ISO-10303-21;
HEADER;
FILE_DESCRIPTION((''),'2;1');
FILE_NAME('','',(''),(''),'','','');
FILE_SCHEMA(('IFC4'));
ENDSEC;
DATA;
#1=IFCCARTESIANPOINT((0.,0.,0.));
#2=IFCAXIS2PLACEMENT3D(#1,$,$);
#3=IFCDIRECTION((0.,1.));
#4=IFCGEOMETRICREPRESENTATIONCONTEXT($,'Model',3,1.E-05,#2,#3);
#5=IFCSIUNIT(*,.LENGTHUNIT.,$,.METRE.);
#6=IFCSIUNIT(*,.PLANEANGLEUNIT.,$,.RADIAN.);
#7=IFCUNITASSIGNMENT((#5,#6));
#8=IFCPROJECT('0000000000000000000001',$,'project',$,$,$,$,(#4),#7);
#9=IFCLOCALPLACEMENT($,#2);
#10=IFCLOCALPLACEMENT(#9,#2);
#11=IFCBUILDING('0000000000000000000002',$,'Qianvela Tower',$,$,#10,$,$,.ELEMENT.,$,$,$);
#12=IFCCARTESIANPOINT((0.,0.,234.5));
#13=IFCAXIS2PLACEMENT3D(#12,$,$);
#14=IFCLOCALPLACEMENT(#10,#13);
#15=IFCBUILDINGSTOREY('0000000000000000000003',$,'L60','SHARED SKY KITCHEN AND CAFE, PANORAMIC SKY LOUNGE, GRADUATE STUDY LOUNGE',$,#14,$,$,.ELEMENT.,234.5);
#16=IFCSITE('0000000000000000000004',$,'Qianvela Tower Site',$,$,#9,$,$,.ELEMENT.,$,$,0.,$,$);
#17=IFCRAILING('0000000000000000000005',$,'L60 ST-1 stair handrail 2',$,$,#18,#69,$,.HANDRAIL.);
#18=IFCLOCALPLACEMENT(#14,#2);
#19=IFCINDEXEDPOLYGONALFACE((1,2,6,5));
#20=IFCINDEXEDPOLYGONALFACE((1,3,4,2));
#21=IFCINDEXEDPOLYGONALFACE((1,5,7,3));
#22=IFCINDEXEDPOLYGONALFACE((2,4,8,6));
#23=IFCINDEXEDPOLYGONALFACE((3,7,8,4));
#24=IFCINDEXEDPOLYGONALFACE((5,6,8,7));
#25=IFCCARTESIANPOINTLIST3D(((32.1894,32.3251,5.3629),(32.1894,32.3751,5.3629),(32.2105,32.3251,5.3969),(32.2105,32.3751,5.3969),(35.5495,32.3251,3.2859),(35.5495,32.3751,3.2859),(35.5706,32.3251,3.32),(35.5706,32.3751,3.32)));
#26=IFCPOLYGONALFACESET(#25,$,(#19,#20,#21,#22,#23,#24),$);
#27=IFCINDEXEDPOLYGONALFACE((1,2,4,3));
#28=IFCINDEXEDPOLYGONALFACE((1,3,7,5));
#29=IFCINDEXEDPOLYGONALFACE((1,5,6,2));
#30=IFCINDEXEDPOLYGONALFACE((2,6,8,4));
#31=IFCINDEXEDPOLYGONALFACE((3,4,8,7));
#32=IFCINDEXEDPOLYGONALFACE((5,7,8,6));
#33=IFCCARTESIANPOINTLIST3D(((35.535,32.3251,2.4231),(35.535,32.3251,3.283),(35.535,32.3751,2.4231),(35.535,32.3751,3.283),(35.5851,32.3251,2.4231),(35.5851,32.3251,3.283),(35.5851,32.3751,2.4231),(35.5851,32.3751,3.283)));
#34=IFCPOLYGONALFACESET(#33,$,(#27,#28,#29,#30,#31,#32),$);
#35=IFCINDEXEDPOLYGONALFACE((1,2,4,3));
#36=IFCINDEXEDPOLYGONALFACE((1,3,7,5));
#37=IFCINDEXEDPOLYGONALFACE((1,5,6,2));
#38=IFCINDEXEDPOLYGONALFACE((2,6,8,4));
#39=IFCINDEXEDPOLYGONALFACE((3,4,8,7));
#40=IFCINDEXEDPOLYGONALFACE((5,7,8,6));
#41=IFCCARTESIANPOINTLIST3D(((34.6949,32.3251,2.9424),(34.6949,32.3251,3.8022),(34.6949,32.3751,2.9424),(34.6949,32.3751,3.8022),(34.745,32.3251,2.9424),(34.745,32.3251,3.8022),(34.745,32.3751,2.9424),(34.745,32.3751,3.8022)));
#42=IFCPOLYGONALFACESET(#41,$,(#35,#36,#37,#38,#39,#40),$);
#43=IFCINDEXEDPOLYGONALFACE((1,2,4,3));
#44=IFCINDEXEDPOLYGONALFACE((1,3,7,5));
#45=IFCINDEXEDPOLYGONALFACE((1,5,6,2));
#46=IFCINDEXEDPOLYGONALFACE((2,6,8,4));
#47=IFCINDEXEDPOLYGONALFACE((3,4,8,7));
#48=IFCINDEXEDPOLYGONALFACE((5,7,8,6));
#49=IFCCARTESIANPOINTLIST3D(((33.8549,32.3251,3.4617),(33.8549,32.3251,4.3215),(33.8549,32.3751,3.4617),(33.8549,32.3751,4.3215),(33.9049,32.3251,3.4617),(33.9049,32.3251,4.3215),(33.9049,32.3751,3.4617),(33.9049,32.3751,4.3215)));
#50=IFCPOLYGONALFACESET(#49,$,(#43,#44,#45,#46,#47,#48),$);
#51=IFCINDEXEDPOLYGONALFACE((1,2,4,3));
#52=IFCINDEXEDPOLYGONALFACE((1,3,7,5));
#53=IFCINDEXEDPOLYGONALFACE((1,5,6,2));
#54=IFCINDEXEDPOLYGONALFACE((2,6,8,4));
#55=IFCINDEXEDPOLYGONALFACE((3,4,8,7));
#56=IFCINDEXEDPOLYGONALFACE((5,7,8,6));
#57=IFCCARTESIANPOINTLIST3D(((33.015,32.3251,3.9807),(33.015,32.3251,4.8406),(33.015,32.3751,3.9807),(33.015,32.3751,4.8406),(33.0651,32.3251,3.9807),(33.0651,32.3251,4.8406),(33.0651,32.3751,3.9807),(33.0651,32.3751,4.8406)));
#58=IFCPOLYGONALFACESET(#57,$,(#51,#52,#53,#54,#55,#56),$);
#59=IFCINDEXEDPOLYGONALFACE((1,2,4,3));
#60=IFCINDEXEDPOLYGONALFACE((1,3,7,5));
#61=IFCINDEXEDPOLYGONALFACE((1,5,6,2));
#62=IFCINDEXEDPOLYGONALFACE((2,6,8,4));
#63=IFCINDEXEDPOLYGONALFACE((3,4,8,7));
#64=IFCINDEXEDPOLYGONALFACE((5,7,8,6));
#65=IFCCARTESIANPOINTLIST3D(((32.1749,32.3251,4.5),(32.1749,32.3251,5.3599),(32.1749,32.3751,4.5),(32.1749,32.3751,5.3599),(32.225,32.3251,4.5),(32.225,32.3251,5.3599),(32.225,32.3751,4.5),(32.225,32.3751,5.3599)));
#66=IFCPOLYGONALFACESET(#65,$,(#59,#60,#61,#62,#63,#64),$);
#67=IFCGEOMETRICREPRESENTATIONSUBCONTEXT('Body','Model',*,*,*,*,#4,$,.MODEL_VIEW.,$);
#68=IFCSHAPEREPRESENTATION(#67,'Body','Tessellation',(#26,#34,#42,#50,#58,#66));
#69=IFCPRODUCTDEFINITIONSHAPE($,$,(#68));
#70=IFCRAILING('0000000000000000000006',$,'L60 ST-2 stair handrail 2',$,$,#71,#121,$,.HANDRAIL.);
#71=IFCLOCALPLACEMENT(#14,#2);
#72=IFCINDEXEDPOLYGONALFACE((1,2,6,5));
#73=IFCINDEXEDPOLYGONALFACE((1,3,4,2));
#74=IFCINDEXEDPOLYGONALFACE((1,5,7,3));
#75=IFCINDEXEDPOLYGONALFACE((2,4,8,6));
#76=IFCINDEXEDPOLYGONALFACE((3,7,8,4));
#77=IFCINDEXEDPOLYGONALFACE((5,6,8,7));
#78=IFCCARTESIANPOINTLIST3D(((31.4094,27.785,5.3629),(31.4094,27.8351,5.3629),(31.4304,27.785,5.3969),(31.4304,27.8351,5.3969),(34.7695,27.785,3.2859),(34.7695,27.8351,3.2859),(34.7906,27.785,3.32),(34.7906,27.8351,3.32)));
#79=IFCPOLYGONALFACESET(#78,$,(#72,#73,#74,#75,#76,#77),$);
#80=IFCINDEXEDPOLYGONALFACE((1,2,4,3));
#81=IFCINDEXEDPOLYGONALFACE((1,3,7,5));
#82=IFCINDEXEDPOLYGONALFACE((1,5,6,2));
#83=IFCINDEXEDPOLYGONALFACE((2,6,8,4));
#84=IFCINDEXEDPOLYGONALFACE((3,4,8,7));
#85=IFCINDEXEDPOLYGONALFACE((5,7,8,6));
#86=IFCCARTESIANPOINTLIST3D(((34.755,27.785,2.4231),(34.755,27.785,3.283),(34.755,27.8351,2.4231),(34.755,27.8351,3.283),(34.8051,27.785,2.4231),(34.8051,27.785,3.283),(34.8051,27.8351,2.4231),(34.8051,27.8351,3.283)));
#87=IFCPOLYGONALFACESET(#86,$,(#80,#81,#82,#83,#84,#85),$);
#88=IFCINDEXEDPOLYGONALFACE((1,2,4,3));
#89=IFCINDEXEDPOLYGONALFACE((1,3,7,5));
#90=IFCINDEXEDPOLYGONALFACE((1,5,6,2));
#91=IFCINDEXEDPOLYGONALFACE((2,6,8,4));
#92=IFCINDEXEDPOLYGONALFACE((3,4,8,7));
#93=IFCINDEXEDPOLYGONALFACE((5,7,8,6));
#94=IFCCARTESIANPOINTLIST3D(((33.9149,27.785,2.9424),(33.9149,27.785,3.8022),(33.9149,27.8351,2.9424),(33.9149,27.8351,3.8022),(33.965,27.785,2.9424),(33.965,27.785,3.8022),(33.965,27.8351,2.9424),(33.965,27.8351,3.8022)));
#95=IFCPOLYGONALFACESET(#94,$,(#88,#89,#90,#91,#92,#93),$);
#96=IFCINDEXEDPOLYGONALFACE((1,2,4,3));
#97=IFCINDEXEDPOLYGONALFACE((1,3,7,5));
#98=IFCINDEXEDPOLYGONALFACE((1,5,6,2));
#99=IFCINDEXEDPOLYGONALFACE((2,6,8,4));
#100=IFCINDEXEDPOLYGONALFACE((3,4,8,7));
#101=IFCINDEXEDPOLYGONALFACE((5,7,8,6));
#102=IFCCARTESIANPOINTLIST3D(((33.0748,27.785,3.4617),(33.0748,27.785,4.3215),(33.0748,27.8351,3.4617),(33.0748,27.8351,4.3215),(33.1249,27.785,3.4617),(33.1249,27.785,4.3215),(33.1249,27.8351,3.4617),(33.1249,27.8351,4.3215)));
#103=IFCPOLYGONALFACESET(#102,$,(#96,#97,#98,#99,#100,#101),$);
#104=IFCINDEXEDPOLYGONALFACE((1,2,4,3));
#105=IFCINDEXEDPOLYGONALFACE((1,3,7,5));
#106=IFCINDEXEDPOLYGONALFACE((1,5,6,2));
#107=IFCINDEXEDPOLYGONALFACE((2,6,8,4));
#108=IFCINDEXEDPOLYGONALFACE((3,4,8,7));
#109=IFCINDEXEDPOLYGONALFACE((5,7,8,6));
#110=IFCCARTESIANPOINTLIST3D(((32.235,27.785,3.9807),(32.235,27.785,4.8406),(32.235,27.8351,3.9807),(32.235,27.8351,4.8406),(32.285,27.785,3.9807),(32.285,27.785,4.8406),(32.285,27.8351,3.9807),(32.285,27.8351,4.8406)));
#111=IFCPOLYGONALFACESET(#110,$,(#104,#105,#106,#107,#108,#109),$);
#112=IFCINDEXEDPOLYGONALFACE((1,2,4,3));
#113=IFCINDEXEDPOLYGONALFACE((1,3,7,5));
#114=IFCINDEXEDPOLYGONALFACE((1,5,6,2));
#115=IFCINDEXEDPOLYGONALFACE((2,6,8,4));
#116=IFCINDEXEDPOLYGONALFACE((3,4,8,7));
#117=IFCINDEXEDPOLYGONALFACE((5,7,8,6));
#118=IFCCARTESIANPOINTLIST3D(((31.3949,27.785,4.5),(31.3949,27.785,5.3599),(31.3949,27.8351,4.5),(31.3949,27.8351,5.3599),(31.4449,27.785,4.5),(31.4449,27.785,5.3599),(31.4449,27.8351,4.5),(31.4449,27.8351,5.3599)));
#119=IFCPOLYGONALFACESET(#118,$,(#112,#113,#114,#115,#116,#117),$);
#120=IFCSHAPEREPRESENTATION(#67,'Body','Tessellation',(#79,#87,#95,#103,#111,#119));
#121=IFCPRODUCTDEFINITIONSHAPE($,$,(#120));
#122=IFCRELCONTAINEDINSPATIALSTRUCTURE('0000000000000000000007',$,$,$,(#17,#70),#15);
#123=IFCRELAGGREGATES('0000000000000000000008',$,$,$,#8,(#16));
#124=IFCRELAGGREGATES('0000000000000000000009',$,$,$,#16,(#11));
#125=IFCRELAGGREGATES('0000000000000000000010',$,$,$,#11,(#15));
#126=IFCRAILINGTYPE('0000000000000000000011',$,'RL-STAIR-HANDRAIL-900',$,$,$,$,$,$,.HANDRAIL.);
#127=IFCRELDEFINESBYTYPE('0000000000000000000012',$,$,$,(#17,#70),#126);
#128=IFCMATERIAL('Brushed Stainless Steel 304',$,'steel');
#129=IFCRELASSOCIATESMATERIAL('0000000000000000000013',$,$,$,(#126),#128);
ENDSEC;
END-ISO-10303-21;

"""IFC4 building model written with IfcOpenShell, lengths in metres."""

from ifc_helpers import new_model, si_unit, direction, frame, origin, origin_2d, place, context, subcontext, project, spatial, rectangle, extrude, material, type_object, element, save


model = new_model("IFC4")

# Units and contexts
model_context = context("Model", 3, precision=1e-05, world=origin(), true_north=direction((0.0, 1.0)))
body_context = subcontext(model_context, "Body", "Model", "MODEL_VIEW")
ifc_project = project(units=[si_unit("LENGTHUNIT", "METRE"), si_unit("PLANEANGLEUNIT", "RADIAN")], contexts=[model_context])

# Site, building, storey
site_placement = place(None, origin())
site = spatial("IfcSite", under=ifc_project, at=site_placement, Name="Qianvela Tower Site", CompositionType="ELEMENT", RefElevation=0.0)
building_placement = place(site_placement, origin())
building = spatial("IfcBuilding", under=site, at=building_placement, Name="Qianvela Tower", CompositionType="ELEMENT")
storey_placement = place(building_placement, frame((0.0, 0.0, 234.5)))
storey = spatial("IfcBuildingStorey", under=building, at=storey_placement, Name="L60", Description="SHARED SKY KITCHEN AND CAFE, PANORAMIC SKY LOUNGE, GRADUATE STUDY LOUNGE", CompositionType="ELEMENT", Elevation=234.5)

# Railings
ifc_material_1 = material(Name="Brushed Stainless Steel 304", Category="steel")
railing_type_1 = type_object("IfcRailingType", Name="RL-STAIR-HANDRAIL-900", PredefinedType="HANDRAIL", material=ifc_material_1)
for number, where, name in (
    (1, (35.5601, 32.3501, 2.4231), "L60 ST-1 stair handrail 2"),
    (2, (34.78, 27.8101, 2.4231), "L60 ST-2 stair handrail 2"),
):
    element("IfcRailing", number, at=place(storey_placement, frame(where)), inside=storey, type_object=railing_type_1, Name=name, PredefinedType="HANDRAIL", context=body_context, shape_type="SweptSolid", body=[
        extrude(rectangle(XDim=0.05, YDim=0.04, at=origin_2d()), frame((0.0, 0.0, 0.8799), z_axis=(-0.850623, 0.0, 0.525776), x_axis=(0.0, -1.0, 0.0)), (0.0, 0.0, 1.0), 3.9502),
        extrude(rectangle(XDim=0.05, YDim=0.05, at=origin_2d()), origin(), (0.0, 0.0, 1.0), 0.8599),
        extrude(rectangle(XDim=0.05, YDim=0.05, at=origin_2d()), frame((-0.8401, 0.0, 0.5193)), (0.0, 0.0, 1.0), 0.8599),
        extrude(rectangle(XDim=0.05, YDim=0.05, at=origin_2d()), frame((-1.6802, 0.0, 1.0386)), (0.0, 0.0, 1.0), 0.8599),
        extrude(rectangle(XDim=0.05, YDim=0.05, at=origin_2d()), frame((-2.52, 0.0, 1.5576)), (0.0, 0.0, 1.0), 0.8599),
        extrude(rectangle(XDim=0.05, YDim=0.05, at=origin_2d()), frame((-3.3601, 0.0, 2.0769)), (0.0, 0.0, 1.0), 0.8599),
    ])

save(model, "model.ifc")
